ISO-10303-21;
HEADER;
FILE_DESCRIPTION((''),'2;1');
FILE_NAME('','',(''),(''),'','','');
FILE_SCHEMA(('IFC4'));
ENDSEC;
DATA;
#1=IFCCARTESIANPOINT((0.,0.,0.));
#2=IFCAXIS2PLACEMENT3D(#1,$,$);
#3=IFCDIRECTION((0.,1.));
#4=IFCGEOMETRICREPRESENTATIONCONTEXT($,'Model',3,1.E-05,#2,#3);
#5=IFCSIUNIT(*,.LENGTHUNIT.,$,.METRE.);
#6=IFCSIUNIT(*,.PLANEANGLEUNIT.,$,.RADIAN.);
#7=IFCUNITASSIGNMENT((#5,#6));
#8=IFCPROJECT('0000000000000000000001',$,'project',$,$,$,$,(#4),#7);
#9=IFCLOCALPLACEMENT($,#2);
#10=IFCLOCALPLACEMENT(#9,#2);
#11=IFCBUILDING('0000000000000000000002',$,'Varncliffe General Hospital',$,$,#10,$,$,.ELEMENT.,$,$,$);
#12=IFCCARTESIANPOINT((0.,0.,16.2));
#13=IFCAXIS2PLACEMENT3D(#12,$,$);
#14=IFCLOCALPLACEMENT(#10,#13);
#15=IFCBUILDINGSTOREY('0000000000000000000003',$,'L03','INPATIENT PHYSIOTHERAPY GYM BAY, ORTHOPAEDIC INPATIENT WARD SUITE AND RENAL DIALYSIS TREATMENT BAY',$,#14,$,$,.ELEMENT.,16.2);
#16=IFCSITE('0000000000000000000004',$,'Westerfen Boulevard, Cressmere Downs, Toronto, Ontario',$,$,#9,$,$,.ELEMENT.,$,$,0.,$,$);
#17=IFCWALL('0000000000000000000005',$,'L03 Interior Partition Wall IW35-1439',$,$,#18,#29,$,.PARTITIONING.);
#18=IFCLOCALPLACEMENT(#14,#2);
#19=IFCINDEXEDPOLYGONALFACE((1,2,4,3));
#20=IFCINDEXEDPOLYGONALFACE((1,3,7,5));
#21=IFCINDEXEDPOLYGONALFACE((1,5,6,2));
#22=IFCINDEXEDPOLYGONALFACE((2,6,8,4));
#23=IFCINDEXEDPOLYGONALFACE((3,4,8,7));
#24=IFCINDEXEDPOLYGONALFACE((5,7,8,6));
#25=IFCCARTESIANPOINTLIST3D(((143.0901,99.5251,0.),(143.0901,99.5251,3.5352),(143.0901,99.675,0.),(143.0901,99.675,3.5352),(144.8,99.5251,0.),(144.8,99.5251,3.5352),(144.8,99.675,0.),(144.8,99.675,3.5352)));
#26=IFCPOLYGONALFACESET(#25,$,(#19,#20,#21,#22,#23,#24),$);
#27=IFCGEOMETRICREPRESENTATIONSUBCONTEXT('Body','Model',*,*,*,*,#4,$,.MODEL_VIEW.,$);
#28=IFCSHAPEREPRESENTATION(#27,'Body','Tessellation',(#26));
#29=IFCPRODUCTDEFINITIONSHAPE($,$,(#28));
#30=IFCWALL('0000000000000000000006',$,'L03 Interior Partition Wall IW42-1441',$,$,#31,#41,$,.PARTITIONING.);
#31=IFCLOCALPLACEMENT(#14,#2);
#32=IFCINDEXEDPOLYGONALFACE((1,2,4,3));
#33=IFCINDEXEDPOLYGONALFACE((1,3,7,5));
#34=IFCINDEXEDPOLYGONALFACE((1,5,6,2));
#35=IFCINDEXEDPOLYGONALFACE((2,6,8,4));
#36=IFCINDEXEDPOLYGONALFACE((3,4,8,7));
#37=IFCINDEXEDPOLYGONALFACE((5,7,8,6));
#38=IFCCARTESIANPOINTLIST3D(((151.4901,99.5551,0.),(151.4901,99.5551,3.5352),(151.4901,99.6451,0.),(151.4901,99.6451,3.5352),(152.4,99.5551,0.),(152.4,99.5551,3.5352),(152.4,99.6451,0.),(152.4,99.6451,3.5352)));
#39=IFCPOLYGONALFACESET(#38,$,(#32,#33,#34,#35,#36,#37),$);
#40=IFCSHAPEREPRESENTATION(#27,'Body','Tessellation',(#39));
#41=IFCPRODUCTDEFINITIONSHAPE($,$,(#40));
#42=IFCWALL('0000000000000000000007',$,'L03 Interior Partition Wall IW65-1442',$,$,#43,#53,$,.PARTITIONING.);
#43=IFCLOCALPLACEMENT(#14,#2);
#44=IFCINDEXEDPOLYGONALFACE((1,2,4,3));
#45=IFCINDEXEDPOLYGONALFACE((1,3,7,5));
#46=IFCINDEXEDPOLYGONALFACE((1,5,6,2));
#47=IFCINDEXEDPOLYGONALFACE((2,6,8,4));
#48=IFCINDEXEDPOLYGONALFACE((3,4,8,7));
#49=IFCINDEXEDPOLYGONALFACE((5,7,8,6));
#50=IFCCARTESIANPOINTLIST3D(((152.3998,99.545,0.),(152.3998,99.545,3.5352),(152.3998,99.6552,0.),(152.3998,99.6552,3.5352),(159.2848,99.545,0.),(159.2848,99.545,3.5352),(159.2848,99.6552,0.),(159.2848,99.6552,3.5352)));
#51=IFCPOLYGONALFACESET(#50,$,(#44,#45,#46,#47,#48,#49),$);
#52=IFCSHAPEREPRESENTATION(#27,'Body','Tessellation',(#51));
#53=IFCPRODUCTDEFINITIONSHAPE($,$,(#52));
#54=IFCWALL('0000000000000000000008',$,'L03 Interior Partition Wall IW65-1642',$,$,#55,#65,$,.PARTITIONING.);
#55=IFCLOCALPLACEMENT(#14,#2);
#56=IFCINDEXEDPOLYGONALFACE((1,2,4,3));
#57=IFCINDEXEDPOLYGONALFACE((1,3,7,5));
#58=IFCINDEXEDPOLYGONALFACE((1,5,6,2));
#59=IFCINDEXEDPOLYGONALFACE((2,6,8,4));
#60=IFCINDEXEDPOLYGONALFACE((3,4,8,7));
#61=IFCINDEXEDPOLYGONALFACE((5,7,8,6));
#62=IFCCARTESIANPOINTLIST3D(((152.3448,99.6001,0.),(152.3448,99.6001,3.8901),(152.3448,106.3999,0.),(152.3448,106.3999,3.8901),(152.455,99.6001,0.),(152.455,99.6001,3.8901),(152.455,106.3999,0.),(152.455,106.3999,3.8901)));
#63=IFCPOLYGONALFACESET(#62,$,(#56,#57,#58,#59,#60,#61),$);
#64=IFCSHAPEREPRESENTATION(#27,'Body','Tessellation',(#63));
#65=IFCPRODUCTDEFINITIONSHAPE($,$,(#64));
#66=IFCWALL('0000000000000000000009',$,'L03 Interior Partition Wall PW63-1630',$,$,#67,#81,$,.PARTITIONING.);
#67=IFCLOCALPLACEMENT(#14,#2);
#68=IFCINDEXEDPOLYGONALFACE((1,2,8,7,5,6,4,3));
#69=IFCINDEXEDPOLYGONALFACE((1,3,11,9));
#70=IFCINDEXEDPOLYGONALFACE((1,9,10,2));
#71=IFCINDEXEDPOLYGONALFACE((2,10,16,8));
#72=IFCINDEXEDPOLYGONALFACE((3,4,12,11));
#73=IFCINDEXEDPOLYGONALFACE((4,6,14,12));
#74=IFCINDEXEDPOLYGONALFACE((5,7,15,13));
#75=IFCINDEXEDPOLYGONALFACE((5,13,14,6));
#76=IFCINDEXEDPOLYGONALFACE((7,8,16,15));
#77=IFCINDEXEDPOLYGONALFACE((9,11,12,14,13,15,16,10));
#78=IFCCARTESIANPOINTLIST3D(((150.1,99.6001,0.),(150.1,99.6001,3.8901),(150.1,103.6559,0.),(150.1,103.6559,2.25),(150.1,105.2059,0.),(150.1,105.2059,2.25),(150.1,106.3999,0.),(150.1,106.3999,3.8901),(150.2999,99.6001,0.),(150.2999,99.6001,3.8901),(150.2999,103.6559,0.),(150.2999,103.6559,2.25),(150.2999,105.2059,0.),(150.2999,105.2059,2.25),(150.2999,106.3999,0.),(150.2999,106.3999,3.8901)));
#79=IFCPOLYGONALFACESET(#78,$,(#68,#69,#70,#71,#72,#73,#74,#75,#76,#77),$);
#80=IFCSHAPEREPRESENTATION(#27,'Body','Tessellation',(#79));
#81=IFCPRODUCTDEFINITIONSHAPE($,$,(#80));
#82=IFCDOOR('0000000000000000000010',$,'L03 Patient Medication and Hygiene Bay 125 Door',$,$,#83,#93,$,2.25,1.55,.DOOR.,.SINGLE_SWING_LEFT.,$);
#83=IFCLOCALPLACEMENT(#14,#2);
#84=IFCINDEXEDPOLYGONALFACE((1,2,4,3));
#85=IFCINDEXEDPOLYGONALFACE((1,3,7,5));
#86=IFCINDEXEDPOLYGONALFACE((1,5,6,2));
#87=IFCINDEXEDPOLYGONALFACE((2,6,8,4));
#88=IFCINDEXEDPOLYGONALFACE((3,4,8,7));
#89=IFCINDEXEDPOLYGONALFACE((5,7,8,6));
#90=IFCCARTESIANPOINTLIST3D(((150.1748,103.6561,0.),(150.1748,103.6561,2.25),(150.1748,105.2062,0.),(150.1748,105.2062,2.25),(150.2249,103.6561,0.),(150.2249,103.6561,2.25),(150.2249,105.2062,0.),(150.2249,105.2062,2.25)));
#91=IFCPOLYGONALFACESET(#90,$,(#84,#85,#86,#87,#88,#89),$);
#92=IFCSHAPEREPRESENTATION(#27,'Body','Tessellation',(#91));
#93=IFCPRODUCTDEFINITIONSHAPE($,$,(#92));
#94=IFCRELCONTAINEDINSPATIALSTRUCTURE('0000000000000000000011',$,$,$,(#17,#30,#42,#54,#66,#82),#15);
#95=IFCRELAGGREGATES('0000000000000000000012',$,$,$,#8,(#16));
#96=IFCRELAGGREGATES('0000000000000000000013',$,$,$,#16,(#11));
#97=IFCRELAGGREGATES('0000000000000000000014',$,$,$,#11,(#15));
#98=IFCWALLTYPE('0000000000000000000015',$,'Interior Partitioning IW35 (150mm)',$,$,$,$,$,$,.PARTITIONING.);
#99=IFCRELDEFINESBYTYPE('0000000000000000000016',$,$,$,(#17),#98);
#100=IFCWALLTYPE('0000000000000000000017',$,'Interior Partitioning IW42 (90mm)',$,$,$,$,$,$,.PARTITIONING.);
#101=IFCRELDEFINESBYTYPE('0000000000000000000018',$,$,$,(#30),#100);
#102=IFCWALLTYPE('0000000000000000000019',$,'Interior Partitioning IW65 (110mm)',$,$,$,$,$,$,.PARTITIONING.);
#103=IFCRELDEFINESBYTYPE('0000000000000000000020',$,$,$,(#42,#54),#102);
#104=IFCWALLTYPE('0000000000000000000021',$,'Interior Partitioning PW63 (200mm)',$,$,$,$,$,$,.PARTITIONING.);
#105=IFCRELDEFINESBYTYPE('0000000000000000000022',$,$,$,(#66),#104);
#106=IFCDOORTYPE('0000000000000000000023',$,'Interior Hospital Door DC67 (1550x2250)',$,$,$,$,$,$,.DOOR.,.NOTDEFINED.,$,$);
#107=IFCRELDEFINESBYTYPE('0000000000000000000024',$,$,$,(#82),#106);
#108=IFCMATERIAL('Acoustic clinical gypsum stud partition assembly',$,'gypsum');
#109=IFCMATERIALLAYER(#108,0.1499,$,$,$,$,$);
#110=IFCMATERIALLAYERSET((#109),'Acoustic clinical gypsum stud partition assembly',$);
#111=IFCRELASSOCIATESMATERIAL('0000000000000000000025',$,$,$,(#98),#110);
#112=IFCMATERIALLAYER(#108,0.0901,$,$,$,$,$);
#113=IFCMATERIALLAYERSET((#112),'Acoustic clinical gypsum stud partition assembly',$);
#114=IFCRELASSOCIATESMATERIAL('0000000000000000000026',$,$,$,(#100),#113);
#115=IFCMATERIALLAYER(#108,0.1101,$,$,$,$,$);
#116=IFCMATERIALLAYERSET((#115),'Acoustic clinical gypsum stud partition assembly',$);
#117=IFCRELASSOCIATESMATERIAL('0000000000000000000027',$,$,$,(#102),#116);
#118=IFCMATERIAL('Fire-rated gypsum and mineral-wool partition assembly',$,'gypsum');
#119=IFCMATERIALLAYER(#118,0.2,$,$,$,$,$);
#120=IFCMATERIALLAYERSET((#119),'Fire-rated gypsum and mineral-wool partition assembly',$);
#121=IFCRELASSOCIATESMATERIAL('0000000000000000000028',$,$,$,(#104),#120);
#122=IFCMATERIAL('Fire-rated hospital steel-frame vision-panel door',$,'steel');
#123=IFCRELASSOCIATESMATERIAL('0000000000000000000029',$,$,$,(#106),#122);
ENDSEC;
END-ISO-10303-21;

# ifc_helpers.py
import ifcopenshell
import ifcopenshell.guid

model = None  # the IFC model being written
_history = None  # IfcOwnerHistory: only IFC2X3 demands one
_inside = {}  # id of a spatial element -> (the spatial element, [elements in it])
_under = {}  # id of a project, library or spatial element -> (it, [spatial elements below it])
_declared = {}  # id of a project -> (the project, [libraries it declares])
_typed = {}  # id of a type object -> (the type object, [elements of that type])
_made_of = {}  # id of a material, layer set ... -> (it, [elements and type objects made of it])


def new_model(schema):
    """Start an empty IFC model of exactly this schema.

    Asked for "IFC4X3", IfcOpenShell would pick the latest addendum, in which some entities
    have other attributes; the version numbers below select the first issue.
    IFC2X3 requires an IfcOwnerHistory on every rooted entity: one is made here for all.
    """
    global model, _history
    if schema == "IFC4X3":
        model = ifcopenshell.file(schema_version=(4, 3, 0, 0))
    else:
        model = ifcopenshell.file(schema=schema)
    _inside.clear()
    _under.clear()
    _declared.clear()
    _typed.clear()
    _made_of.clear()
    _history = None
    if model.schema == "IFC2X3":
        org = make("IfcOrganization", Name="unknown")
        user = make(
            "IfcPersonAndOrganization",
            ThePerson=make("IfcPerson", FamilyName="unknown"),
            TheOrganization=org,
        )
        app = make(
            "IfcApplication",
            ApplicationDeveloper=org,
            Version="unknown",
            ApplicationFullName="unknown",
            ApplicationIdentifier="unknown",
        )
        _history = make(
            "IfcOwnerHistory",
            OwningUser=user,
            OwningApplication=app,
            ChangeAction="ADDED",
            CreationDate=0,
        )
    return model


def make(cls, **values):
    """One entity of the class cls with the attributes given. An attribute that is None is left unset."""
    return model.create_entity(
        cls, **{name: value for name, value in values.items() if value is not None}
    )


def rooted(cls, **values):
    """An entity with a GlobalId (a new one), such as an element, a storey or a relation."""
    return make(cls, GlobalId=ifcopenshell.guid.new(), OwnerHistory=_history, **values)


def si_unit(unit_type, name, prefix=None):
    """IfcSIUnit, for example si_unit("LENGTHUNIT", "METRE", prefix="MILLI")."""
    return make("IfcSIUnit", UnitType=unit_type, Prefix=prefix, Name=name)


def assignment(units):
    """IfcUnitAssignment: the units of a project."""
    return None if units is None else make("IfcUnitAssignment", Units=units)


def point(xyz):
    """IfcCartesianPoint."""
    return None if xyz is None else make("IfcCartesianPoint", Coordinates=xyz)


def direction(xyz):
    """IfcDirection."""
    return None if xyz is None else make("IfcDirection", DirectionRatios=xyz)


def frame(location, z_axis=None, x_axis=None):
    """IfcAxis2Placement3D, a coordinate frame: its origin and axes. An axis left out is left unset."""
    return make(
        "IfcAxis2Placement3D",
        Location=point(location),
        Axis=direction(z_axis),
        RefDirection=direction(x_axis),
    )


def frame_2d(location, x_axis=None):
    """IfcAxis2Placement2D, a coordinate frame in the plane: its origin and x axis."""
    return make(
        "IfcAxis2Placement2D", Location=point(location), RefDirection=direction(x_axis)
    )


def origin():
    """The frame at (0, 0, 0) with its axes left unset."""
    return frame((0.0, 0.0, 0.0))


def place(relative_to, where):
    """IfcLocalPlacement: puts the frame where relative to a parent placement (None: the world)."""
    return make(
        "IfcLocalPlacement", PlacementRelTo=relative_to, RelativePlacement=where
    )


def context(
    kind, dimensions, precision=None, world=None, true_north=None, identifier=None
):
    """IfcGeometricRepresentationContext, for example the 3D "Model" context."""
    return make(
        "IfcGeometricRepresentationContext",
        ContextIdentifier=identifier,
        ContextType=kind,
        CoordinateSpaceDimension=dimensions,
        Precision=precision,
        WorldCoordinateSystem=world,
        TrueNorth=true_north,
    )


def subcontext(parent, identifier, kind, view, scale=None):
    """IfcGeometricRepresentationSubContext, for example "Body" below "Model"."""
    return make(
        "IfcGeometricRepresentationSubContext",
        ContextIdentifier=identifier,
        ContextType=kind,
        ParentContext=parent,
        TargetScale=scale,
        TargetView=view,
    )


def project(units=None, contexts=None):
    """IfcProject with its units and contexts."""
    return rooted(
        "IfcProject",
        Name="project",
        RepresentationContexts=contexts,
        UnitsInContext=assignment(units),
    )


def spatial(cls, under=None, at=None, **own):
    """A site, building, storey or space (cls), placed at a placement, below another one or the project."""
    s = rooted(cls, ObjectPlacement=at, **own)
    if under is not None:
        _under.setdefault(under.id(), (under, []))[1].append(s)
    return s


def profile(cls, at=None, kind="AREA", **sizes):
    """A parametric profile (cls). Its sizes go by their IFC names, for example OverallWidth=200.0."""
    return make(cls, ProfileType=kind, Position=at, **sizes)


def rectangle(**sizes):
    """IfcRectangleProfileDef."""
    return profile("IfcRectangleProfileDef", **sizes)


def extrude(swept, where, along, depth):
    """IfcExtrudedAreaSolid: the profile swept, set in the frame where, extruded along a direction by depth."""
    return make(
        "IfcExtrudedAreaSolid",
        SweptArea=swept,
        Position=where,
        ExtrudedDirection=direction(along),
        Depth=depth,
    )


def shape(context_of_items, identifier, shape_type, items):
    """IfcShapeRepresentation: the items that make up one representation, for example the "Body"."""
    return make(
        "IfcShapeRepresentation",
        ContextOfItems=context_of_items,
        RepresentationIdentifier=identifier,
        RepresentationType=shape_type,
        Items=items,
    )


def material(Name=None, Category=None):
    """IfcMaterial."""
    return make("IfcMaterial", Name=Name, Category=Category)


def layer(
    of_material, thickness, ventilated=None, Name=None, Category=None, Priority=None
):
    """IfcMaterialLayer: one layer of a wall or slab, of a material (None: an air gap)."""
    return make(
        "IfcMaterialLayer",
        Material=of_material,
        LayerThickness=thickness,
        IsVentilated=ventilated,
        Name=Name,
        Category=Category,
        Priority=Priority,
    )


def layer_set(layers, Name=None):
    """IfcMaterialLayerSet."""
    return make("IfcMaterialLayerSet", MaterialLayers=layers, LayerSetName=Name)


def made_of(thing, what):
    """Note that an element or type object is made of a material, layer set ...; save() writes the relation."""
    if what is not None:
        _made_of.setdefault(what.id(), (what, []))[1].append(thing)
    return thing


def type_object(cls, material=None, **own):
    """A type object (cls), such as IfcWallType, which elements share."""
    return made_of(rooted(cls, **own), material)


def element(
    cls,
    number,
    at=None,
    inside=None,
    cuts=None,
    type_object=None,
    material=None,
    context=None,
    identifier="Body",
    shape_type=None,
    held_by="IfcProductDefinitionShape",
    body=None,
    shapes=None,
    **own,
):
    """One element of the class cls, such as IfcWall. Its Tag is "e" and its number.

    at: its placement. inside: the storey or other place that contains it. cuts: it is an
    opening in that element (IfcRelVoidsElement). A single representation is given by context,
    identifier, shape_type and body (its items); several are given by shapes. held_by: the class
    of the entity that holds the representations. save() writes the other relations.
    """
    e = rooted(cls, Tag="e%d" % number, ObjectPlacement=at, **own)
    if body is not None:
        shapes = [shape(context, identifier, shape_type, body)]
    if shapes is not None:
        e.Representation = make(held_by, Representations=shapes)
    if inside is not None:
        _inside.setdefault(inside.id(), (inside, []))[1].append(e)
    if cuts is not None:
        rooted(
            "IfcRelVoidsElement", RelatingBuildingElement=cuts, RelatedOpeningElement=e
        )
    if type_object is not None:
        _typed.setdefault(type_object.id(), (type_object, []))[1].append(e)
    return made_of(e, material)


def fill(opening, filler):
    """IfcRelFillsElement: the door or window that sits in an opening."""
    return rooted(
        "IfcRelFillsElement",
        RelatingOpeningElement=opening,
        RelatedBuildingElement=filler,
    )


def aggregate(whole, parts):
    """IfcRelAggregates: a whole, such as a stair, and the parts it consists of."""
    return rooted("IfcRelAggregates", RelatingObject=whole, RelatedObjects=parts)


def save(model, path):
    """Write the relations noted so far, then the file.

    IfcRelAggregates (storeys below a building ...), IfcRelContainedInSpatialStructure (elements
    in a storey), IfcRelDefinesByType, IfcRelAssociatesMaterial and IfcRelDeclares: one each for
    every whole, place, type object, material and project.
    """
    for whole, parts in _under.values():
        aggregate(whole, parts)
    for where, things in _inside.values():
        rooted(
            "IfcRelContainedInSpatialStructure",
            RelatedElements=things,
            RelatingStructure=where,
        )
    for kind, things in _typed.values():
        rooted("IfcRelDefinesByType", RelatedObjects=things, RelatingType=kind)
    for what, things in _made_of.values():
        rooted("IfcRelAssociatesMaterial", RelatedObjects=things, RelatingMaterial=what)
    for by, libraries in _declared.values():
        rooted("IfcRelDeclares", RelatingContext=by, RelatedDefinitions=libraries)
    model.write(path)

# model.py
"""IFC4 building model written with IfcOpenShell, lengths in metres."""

from ifc_helpers import new_model, si_unit, direction, frame, frame_2d, origin, place, context, subcontext, project, spatial, rectangle, extrude, material, layer, layer_set, type_object, element, fill, save


model = new_model("IFC4")

# Units and contexts
model_context = context("Model", 3, precision=1e-05, world=origin(), true_north=direction((0.0, 1.0)))
body_context = subcontext(model_context, "Body", "Model", "MODEL_VIEW")
ifc_project = project(units=[si_unit("LENGTHUNIT", "METRE"), si_unit("PLANEANGLEUNIT", "RADIAN")], contexts=[model_context])

# Site, building, storey
site_placement = place(None, origin())
site = spatial("IfcSite", under=ifc_project, at=site_placement, Name="Westerfen Boulevard, Cressmere Downs, Toronto, Ontario", CompositionType="ELEMENT", RefElevation=0.0)
building_placement = place(site_placement, origin())
building = spatial("IfcBuilding", under=site, at=building_placement, Name="Varncliffe General Hospital", CompositionType="ELEMENT")
storey_placement = place(building_placement, frame((0.0, 0.0, 16.2)))
storey = spatial("IfcBuildingStorey", under=building, at=storey_placement, Name="L03", Description="INPATIENT PHYSIOTHERAPY GYM BAY, ORTHOPAEDIC INPATIENT WARD SUITE AND RENAL DIALYSIS TREATMENT BAY", CompositionType="ELEMENT", Elevation=16.2)

# Walls
ifc_material_1 = material(Name="Acoustic clinical gypsum stud partition assembly", Category="gypsum")
ifc_layer_1 = layer(ifc_material_1, 0.1499)
ifc_layer_set_1 = layer_set([ifc_layer_1], Name="Acoustic clinical gypsum stud partition assembly")
wall_type_1 = type_object("IfcWallType", Name="Interior Partitioning IW35 (150mm)", PredefinedType="PARTITIONING", material=ifc_layer_set_1)
wall_1_placement = place(storey_placement, frame((143.0901, 99.6001, 0.0), z_axis=(0.0, 0.0, 1.0), x_axis=(1.0, 0.0, 0.0)))
element("IfcWall", 1, at=wall_1_placement, inside=storey, type_object=wall_type_1, Name="L03 Interior Partition Wall IW35-1439", PredefinedType="PARTITIONING", context=body_context, shape_type="SweptSolid", body=[
    extrude(rectangle(XDim=1.71, YDim=0.1499, at=frame_2d((0.855, 0.0))), origin(), (0.0, 0.0, 1.0), 3.5352),
])
ifc_layer_2 = layer(ifc_material_1, 0.0901)
ifc_layer_set_2 = layer_set([ifc_layer_2], Name="Acoustic clinical gypsum stud partition assembly")
wall_type_2 = type_object("IfcWallType", Name="Interior Partitioning IW42 (90mm)", PredefinedType="PARTITIONING", material=ifc_layer_set_2)
wall_2_placement = place(storey_placement, frame((151.49, 99.6001, 0.0), z_axis=(0.0, 0.0, 1.0), x_axis=(1.0, 0.0, 0.0)))
element("IfcWall", 2, at=wall_2_placement, inside=storey, type_object=wall_type_2, Name="L03 Interior Partition Wall IW42-1441", PredefinedType="PARTITIONING", context=body_context, shape_type="SweptSolid", body=[
    extrude(rectangle(XDim=0.9099, YDim=0.0901, at=frame_2d((0.4551, 0.0))), origin(), (0.0, 0.0, 1.0), 3.5352),
])
ifc_layer_3 = layer(ifc_material_1, 0.1101)
ifc_layer_set_3 = layer_set([ifc_layer_3], Name="Acoustic clinical gypsum stud partition assembly")
wall_type_3 = type_object("IfcWallType", Name="Interior Partitioning IW65 (110mm)", PredefinedType="PARTITIONING", material=ifc_layer_set_3)
wall_3_placement = place(storey_placement, frame((152.3999, 99.6001, 0.0), z_axis=(0.0, 0.0, 1.0), x_axis=(1.0, 0.0, 0.0)))
element("IfcWall", 3, at=wall_3_placement, inside=storey, type_object=wall_type_3, Name="L03 Interior Partition Wall IW65-1442", PredefinedType="PARTITIONING", context=body_context, shape_type="SweptSolid", body=[
    extrude(rectangle(XDim=6.885, YDim=0.1101, at=frame_2d((3.4424, 0.0))), origin(), (0.0, 0.0, 1.0), 3.5352),
])
wall_4_placement = place(storey_placement, frame((152.3999, 99.6001, 0.0), z_axis=(0.0, 0.0, 1.0), x_axis=(0.0, 1.0, 0.0)))
element("IfcWall", 4, at=wall_4_placement, inside=storey, type_object=wall_type_3, Name="L03 Interior Partition Wall IW65-1642", PredefinedType="PARTITIONING", context=body_context, shape_type="SweptSolid", body=[
    extrude(rectangle(XDim=6.7998, YDim=0.1101, at=frame_2d((3.3999, 0.0))), origin(), (0.0, 0.0, 1.0), 3.8901),
])

# Wall, opening, door
ifc_material_2 = material(Name="Fire-rated gypsum and mineral-wool partition assembly", Category="gypsum")
ifc_layer_4 = layer(ifc_material_2, 0.2)
ifc_layer_set_4 = layer_set([ifc_layer_4], Name="Fire-rated gypsum and mineral-wool partition assembly")
wall_type_4 = type_object("IfcWallType", Name="Interior Partitioning PW63 (200mm)", PredefinedType="PARTITIONING", material=ifc_layer_set_4)
wall_5_placement = place(storey_placement, frame((150.2, 99.6001, 0.0), z_axis=(0.0, 0.0, 1.0), x_axis=(0.0, 1.0, 0.0)))
wall_5 = element("IfcWall", 5, at=wall_5_placement, inside=storey, type_object=wall_type_4, Name="L03 Interior Partition Wall PW63-1630", PredefinedType="PARTITIONING", context=body_context, shape_type="SweptSolid", body=[
    extrude(rectangle(XDim=6.7998, YDim=0.2, at=frame_2d((3.3999, 0.0))), origin(), (0.0, 0.0, 1.0), 3.8901),
])
opening_placement = place(wall_5_placement, frame((4.0559, 0.0, 0.0)))
opening = element("IfcOpeningElement", 6, at=opening_placement, cuts=wall_5, PredefinedType="OPENING", context=body_context, shape_type="SweptSolid", body=[
    extrude(rectangle(XDim=1.55, YDim=2.25, at=frame_2d((0.7749, 1.125))), frame((0.0, 0.1099, 0.0), z_axis=(0.0, -1.0, 0.0), x_axis=(1.0, 0.0, 0.0)), (0.0, 0.0, 1.0), 0.22),
])
ifc_material_3 = material(Name="Fire-rated hospital steel-frame vision-panel door", Category="steel")
door_type = type_object("IfcDoorType", Name="Interior Hospital Door DC67 (1550x2250)", OperationType="NOTDEFINED", PredefinedType="DOOR", material=ifc_material_3)
door_placement = place(opening_placement, frame((1.55, 0.0, 0.0), z_axis=(0.0, 0.0, 1.0), x_axis=(-1.0, 0.0, 0.0)))
door = element("IfcDoor", 7, at=door_placement, inside=storey, type_object=door_type, Name="L03 Patient Medication and Hygiene Bay 125 Door", OperationType="SINGLE_SWING_LEFT", OverallHeight=2.25, OverallWidth=1.55, PredefinedType="DOOR", context=body_context, shape_type="SweptSolid", body=[
    extrude(rectangle(XDim=1.55, YDim=2.25, at=frame_2d((0.7749, 1.125))), frame((0.0, 0.0249, 0.0), z_axis=(0.0, -1.0, 0.0), x_axis=(1.0, 0.0, 0.0)), (0.0, 0.0, 1.0), 0.05),
])
fill(opening, door)

save(model, "model.ifc")
